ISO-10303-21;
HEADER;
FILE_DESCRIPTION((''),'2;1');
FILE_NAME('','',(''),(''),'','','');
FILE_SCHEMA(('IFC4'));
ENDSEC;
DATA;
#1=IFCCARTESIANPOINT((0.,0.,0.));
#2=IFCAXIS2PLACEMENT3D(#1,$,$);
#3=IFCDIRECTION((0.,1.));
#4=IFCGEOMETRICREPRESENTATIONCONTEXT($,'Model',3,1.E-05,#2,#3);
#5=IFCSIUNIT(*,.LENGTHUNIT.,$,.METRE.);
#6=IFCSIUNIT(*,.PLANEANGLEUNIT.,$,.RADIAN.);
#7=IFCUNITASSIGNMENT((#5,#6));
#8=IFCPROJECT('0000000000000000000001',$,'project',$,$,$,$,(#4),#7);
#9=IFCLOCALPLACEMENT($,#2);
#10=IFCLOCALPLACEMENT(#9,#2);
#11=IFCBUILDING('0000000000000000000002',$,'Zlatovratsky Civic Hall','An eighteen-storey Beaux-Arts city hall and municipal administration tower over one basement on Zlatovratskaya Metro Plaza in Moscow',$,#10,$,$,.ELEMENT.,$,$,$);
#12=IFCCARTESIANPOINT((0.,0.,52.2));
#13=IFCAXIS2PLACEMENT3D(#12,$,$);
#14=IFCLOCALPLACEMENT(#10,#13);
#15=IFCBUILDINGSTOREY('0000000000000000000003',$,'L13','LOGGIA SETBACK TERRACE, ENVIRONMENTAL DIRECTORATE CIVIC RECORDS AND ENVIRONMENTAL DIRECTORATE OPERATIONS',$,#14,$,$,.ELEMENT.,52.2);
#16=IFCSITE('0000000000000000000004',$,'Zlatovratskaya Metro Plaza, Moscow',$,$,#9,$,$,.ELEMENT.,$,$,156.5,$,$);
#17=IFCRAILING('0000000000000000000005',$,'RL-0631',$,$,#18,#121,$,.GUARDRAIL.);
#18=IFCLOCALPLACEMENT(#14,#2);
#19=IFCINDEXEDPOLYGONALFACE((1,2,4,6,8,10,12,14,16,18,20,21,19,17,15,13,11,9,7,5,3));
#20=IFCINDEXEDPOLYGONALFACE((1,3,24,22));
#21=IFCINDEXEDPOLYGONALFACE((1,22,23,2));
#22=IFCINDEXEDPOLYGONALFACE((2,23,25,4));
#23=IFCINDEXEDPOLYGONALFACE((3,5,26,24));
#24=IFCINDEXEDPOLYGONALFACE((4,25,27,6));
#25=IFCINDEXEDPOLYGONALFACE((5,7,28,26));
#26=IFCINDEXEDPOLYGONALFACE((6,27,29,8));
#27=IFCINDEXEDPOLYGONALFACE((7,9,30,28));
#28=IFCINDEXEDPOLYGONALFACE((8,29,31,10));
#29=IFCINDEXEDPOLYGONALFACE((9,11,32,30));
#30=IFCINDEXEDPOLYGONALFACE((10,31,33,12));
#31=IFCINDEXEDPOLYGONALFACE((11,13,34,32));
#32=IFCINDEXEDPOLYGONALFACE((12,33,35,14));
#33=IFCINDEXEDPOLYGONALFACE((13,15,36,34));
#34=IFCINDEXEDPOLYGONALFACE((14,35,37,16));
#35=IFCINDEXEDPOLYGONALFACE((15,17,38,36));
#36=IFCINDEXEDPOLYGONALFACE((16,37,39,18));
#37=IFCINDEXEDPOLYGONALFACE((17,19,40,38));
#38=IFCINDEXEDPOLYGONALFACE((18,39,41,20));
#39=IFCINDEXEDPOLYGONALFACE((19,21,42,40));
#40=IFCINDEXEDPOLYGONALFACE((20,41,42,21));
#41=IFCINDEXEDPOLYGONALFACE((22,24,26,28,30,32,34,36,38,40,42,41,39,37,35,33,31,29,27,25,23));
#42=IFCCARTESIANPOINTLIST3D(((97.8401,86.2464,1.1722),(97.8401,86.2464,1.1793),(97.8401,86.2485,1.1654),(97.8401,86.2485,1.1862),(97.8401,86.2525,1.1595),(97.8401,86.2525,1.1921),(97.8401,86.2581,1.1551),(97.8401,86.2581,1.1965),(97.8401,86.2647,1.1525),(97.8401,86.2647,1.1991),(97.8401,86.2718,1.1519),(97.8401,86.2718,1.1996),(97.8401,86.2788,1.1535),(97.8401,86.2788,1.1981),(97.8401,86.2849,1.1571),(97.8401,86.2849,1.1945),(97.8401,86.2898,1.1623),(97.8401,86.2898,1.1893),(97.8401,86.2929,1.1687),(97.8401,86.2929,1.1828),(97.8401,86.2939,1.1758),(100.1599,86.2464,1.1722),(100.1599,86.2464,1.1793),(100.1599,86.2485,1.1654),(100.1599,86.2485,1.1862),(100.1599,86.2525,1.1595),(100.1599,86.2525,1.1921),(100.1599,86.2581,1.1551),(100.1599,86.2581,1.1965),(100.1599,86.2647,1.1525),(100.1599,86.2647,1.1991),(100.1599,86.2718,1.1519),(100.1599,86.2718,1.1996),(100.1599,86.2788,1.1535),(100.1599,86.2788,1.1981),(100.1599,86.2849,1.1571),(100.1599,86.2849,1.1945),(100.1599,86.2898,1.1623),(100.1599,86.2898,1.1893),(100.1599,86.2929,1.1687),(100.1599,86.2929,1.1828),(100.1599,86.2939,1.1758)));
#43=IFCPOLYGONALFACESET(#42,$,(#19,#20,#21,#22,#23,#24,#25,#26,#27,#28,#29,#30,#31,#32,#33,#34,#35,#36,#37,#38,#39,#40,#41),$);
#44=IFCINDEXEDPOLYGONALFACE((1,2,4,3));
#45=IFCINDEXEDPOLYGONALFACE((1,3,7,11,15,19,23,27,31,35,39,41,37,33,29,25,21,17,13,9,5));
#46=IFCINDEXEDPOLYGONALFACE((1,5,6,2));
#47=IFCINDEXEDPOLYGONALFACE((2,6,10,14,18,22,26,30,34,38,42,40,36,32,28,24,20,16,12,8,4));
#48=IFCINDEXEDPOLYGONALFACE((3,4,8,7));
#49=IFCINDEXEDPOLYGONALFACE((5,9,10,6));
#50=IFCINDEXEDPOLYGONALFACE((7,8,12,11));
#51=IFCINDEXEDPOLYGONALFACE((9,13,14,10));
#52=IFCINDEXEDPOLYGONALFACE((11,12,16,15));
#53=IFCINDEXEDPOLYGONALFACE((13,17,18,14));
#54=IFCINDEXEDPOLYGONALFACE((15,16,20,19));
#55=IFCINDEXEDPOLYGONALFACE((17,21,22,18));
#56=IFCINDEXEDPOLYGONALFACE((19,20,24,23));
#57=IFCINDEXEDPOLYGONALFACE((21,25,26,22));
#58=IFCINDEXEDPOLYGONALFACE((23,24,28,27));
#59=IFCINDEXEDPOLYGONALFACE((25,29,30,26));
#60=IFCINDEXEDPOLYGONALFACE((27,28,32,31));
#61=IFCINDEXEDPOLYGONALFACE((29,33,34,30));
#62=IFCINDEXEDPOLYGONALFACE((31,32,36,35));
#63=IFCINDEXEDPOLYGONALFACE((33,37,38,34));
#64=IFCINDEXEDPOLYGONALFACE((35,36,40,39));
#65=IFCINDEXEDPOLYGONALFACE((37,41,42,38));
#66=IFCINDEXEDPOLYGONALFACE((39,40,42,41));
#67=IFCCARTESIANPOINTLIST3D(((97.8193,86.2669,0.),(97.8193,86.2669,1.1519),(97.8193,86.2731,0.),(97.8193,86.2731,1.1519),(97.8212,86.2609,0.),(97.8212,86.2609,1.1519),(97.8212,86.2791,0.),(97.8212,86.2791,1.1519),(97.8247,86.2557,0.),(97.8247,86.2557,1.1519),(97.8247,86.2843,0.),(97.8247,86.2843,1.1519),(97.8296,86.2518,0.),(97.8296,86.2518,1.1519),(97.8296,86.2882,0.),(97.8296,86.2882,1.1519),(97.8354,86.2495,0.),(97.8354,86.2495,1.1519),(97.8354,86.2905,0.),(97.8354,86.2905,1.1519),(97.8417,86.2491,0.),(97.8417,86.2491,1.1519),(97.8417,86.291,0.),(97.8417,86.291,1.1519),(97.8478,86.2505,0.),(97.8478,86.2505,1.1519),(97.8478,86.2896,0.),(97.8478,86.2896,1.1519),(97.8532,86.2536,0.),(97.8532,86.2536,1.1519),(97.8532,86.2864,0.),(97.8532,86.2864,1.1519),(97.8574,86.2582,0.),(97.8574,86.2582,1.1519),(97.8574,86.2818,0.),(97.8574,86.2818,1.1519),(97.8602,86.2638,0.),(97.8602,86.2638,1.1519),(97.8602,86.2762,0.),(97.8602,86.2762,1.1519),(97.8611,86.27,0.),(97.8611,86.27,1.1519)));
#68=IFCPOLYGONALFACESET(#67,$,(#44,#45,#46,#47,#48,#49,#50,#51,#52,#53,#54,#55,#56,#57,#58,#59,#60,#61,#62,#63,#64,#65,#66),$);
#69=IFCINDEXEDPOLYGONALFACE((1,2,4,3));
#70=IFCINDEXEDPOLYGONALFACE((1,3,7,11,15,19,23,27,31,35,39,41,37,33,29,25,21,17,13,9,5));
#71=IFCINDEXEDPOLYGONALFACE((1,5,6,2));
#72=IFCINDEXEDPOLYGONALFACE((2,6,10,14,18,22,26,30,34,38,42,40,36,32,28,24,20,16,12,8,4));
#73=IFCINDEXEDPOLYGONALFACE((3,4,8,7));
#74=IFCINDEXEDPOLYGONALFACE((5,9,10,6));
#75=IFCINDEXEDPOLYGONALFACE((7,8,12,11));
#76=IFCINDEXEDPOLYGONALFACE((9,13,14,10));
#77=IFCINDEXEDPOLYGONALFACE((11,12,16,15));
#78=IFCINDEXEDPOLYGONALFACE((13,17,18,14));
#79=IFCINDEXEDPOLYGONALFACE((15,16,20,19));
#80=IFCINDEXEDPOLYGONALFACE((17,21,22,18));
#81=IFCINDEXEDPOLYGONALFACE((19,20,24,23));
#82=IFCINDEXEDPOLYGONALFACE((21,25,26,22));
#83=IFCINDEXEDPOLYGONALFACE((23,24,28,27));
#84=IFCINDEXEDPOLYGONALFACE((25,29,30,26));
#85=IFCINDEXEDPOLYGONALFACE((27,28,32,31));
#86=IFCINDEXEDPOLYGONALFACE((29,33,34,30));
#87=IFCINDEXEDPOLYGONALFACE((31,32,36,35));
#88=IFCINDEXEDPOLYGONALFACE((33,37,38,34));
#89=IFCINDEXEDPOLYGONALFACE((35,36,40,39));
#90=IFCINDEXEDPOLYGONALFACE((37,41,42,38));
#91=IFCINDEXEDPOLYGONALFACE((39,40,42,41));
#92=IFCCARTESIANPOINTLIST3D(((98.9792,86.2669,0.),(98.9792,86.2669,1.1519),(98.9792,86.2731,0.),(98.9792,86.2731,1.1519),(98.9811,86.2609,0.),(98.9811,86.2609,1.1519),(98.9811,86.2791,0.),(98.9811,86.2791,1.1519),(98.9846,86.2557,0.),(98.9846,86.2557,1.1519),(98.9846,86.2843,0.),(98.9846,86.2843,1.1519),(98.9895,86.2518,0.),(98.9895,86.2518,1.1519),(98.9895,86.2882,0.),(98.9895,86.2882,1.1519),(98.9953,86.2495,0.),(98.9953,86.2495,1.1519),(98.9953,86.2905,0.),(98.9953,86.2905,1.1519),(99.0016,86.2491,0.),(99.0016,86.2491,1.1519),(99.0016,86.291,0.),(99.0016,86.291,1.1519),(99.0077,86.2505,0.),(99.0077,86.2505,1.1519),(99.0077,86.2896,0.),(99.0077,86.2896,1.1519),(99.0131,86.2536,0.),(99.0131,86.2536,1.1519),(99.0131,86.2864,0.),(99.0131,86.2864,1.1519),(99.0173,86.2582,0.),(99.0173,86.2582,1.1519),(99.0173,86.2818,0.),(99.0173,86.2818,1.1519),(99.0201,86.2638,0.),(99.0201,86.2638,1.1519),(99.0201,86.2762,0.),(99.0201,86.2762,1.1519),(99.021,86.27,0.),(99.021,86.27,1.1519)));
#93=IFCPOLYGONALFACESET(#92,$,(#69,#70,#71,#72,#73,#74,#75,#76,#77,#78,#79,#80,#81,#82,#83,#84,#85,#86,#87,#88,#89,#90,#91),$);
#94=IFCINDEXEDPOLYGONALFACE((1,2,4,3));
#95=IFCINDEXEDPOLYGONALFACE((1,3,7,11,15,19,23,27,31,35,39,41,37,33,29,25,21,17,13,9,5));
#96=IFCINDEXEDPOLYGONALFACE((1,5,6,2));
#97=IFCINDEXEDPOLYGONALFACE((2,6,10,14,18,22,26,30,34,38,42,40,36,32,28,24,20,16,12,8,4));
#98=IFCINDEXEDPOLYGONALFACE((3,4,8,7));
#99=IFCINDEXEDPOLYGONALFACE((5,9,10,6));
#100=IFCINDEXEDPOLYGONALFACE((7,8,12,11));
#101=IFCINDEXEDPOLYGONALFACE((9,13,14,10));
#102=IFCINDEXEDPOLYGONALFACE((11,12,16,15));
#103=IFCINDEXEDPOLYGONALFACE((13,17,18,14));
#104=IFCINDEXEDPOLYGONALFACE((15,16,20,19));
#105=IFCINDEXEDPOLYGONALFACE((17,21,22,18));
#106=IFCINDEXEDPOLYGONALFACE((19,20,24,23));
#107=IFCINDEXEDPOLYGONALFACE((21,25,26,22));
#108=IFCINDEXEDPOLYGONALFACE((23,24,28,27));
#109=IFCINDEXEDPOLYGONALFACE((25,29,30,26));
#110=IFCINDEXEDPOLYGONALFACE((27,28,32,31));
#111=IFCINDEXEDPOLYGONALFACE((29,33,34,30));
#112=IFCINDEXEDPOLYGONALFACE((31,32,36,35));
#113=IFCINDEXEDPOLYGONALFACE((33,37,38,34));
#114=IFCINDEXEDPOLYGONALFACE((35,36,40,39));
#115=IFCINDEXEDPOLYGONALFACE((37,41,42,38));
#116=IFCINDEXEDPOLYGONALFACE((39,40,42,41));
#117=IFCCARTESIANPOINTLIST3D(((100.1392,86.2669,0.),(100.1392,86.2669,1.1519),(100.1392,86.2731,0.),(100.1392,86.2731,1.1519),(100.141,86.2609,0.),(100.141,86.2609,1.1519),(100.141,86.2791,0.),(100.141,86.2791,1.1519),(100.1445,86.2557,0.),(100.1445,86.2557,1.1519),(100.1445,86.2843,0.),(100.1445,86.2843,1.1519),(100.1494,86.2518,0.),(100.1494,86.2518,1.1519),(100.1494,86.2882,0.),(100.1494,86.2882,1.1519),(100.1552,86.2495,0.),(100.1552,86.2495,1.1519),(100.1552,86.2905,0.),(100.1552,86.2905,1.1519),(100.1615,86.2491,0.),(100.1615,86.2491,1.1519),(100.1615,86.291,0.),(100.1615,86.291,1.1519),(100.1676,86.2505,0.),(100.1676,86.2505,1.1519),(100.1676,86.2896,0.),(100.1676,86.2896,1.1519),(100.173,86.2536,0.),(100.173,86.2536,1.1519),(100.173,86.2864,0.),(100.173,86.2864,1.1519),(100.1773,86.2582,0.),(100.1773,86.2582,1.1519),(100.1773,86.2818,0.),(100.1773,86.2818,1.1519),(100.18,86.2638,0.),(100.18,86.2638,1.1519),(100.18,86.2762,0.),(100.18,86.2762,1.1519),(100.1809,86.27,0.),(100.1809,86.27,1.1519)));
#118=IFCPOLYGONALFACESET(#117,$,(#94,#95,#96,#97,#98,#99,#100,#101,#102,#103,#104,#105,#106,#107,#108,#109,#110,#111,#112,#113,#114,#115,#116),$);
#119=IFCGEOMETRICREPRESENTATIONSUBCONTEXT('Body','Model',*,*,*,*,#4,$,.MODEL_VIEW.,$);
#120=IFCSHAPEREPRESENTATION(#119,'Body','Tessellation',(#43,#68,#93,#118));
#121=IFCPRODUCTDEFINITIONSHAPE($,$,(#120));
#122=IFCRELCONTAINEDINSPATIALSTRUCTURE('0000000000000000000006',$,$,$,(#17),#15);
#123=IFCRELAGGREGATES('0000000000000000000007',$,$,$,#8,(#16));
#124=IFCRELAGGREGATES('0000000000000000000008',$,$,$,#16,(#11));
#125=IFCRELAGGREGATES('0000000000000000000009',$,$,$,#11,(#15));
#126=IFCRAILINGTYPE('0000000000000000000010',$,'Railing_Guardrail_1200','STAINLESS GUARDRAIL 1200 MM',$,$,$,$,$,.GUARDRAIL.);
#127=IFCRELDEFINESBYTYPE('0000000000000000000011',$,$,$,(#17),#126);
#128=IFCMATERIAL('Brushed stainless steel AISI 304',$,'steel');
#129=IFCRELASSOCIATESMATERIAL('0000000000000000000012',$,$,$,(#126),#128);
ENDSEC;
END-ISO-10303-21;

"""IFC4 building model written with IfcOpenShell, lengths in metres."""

from ifc_helpers import new_model, si_unit, direction, frame, origin, origin_2d, place, context, subcontext, project, spatial, circle, extrude, material, type_object, element, save


model = new_model("IFC4")

# Units and contexts
model_context = context("Model", 3, precision=1e-05, world=origin(), true_north=direction((0.0, 1.0)))
body_context = subcontext(model_context, "Body", "Model", "MODEL_VIEW")
ifc_project = project(units=[si_unit("LENGTHUNIT", "METRE"), si_unit("PLANEANGLEUNIT", "RADIAN")], contexts=[model_context])

# Site, building, storey
site_placement = place(None, origin())
site = spatial("IfcSite", under=ifc_project, at=site_placement, Name="Zlatovratskaya Metro Plaza, Moscow", CompositionType="ELEMENT", RefElevation=156.5)
building_placement = place(site_placement, origin())
building = spatial("IfcBuilding", under=site, at=building_placement, Name="Zlatovratsky Civic Hall", Description="An eighteen-storey Beaux-Arts city hall and municipal administration tower over one basement on Zlatovratskaya Metro Plaza in Moscow", CompositionType="ELEMENT")
storey_placement = place(building_placement, frame((0.0, 0.0, 52.2)))
storey = spatial("IfcBuildingStorey", under=building, at=storey_placement, Name="L13", Description="LOGGIA SETBACK TERRACE, ENVIRONMENTAL DIRECTORATE CIVIC RECORDS AND ENVIRONMENTAL DIRECTORATE OPERATIONS", CompositionType="ELEMENT", Elevation=52.2)

# Railing
ifc_material_1 = material(Name="Brushed stainless steel AISI 304", Category="steel")
railing_type_1 = type_object("IfcRailingType", Name="Railing_Guardrail_1200", Description="STAINLESS GUARDRAIL 1200 MM", PredefinedType="GUARDRAIL", material=ifc_material_1)
railing_1_placement = place(storey_placement, frame((97.8401, 86.27, 0.0)))
element("IfcRailing", 1, at=railing_1_placement, inside=storey, type_object=railing_type_1, Name="RL-0631", PredefinedType="GUARDRAIL", context=body_context, shape_type="SweptSolid", body=[
    extrude(circle(Radius=0.0239, at=origin_2d()), frame((0.0, 0.0, 1.1758), z_axis=(1.0, 0.0, 0.0), x_axis=(0.0, 1.0, 0.0)), (0.0, 0.0, 1.0), 2.3198),
    extrude(circle(Radius=0.021, at=origin_2d()), origin(), (0.0, 0.0, 1.0), 1.1519),
    extrude(circle(Radius=0.021, at=origin_2d()), frame((1.1599, 0.0, 0.0)), (0.0, 0.0, 1.0), 1.1519),
    extrude(circle(Radius=0.021, at=origin_2d()), frame((2.3198, 0.0, 0.0)), (0.0, 0.0, 1.0), 1.1519),
])

save(model, "model.ifc")
